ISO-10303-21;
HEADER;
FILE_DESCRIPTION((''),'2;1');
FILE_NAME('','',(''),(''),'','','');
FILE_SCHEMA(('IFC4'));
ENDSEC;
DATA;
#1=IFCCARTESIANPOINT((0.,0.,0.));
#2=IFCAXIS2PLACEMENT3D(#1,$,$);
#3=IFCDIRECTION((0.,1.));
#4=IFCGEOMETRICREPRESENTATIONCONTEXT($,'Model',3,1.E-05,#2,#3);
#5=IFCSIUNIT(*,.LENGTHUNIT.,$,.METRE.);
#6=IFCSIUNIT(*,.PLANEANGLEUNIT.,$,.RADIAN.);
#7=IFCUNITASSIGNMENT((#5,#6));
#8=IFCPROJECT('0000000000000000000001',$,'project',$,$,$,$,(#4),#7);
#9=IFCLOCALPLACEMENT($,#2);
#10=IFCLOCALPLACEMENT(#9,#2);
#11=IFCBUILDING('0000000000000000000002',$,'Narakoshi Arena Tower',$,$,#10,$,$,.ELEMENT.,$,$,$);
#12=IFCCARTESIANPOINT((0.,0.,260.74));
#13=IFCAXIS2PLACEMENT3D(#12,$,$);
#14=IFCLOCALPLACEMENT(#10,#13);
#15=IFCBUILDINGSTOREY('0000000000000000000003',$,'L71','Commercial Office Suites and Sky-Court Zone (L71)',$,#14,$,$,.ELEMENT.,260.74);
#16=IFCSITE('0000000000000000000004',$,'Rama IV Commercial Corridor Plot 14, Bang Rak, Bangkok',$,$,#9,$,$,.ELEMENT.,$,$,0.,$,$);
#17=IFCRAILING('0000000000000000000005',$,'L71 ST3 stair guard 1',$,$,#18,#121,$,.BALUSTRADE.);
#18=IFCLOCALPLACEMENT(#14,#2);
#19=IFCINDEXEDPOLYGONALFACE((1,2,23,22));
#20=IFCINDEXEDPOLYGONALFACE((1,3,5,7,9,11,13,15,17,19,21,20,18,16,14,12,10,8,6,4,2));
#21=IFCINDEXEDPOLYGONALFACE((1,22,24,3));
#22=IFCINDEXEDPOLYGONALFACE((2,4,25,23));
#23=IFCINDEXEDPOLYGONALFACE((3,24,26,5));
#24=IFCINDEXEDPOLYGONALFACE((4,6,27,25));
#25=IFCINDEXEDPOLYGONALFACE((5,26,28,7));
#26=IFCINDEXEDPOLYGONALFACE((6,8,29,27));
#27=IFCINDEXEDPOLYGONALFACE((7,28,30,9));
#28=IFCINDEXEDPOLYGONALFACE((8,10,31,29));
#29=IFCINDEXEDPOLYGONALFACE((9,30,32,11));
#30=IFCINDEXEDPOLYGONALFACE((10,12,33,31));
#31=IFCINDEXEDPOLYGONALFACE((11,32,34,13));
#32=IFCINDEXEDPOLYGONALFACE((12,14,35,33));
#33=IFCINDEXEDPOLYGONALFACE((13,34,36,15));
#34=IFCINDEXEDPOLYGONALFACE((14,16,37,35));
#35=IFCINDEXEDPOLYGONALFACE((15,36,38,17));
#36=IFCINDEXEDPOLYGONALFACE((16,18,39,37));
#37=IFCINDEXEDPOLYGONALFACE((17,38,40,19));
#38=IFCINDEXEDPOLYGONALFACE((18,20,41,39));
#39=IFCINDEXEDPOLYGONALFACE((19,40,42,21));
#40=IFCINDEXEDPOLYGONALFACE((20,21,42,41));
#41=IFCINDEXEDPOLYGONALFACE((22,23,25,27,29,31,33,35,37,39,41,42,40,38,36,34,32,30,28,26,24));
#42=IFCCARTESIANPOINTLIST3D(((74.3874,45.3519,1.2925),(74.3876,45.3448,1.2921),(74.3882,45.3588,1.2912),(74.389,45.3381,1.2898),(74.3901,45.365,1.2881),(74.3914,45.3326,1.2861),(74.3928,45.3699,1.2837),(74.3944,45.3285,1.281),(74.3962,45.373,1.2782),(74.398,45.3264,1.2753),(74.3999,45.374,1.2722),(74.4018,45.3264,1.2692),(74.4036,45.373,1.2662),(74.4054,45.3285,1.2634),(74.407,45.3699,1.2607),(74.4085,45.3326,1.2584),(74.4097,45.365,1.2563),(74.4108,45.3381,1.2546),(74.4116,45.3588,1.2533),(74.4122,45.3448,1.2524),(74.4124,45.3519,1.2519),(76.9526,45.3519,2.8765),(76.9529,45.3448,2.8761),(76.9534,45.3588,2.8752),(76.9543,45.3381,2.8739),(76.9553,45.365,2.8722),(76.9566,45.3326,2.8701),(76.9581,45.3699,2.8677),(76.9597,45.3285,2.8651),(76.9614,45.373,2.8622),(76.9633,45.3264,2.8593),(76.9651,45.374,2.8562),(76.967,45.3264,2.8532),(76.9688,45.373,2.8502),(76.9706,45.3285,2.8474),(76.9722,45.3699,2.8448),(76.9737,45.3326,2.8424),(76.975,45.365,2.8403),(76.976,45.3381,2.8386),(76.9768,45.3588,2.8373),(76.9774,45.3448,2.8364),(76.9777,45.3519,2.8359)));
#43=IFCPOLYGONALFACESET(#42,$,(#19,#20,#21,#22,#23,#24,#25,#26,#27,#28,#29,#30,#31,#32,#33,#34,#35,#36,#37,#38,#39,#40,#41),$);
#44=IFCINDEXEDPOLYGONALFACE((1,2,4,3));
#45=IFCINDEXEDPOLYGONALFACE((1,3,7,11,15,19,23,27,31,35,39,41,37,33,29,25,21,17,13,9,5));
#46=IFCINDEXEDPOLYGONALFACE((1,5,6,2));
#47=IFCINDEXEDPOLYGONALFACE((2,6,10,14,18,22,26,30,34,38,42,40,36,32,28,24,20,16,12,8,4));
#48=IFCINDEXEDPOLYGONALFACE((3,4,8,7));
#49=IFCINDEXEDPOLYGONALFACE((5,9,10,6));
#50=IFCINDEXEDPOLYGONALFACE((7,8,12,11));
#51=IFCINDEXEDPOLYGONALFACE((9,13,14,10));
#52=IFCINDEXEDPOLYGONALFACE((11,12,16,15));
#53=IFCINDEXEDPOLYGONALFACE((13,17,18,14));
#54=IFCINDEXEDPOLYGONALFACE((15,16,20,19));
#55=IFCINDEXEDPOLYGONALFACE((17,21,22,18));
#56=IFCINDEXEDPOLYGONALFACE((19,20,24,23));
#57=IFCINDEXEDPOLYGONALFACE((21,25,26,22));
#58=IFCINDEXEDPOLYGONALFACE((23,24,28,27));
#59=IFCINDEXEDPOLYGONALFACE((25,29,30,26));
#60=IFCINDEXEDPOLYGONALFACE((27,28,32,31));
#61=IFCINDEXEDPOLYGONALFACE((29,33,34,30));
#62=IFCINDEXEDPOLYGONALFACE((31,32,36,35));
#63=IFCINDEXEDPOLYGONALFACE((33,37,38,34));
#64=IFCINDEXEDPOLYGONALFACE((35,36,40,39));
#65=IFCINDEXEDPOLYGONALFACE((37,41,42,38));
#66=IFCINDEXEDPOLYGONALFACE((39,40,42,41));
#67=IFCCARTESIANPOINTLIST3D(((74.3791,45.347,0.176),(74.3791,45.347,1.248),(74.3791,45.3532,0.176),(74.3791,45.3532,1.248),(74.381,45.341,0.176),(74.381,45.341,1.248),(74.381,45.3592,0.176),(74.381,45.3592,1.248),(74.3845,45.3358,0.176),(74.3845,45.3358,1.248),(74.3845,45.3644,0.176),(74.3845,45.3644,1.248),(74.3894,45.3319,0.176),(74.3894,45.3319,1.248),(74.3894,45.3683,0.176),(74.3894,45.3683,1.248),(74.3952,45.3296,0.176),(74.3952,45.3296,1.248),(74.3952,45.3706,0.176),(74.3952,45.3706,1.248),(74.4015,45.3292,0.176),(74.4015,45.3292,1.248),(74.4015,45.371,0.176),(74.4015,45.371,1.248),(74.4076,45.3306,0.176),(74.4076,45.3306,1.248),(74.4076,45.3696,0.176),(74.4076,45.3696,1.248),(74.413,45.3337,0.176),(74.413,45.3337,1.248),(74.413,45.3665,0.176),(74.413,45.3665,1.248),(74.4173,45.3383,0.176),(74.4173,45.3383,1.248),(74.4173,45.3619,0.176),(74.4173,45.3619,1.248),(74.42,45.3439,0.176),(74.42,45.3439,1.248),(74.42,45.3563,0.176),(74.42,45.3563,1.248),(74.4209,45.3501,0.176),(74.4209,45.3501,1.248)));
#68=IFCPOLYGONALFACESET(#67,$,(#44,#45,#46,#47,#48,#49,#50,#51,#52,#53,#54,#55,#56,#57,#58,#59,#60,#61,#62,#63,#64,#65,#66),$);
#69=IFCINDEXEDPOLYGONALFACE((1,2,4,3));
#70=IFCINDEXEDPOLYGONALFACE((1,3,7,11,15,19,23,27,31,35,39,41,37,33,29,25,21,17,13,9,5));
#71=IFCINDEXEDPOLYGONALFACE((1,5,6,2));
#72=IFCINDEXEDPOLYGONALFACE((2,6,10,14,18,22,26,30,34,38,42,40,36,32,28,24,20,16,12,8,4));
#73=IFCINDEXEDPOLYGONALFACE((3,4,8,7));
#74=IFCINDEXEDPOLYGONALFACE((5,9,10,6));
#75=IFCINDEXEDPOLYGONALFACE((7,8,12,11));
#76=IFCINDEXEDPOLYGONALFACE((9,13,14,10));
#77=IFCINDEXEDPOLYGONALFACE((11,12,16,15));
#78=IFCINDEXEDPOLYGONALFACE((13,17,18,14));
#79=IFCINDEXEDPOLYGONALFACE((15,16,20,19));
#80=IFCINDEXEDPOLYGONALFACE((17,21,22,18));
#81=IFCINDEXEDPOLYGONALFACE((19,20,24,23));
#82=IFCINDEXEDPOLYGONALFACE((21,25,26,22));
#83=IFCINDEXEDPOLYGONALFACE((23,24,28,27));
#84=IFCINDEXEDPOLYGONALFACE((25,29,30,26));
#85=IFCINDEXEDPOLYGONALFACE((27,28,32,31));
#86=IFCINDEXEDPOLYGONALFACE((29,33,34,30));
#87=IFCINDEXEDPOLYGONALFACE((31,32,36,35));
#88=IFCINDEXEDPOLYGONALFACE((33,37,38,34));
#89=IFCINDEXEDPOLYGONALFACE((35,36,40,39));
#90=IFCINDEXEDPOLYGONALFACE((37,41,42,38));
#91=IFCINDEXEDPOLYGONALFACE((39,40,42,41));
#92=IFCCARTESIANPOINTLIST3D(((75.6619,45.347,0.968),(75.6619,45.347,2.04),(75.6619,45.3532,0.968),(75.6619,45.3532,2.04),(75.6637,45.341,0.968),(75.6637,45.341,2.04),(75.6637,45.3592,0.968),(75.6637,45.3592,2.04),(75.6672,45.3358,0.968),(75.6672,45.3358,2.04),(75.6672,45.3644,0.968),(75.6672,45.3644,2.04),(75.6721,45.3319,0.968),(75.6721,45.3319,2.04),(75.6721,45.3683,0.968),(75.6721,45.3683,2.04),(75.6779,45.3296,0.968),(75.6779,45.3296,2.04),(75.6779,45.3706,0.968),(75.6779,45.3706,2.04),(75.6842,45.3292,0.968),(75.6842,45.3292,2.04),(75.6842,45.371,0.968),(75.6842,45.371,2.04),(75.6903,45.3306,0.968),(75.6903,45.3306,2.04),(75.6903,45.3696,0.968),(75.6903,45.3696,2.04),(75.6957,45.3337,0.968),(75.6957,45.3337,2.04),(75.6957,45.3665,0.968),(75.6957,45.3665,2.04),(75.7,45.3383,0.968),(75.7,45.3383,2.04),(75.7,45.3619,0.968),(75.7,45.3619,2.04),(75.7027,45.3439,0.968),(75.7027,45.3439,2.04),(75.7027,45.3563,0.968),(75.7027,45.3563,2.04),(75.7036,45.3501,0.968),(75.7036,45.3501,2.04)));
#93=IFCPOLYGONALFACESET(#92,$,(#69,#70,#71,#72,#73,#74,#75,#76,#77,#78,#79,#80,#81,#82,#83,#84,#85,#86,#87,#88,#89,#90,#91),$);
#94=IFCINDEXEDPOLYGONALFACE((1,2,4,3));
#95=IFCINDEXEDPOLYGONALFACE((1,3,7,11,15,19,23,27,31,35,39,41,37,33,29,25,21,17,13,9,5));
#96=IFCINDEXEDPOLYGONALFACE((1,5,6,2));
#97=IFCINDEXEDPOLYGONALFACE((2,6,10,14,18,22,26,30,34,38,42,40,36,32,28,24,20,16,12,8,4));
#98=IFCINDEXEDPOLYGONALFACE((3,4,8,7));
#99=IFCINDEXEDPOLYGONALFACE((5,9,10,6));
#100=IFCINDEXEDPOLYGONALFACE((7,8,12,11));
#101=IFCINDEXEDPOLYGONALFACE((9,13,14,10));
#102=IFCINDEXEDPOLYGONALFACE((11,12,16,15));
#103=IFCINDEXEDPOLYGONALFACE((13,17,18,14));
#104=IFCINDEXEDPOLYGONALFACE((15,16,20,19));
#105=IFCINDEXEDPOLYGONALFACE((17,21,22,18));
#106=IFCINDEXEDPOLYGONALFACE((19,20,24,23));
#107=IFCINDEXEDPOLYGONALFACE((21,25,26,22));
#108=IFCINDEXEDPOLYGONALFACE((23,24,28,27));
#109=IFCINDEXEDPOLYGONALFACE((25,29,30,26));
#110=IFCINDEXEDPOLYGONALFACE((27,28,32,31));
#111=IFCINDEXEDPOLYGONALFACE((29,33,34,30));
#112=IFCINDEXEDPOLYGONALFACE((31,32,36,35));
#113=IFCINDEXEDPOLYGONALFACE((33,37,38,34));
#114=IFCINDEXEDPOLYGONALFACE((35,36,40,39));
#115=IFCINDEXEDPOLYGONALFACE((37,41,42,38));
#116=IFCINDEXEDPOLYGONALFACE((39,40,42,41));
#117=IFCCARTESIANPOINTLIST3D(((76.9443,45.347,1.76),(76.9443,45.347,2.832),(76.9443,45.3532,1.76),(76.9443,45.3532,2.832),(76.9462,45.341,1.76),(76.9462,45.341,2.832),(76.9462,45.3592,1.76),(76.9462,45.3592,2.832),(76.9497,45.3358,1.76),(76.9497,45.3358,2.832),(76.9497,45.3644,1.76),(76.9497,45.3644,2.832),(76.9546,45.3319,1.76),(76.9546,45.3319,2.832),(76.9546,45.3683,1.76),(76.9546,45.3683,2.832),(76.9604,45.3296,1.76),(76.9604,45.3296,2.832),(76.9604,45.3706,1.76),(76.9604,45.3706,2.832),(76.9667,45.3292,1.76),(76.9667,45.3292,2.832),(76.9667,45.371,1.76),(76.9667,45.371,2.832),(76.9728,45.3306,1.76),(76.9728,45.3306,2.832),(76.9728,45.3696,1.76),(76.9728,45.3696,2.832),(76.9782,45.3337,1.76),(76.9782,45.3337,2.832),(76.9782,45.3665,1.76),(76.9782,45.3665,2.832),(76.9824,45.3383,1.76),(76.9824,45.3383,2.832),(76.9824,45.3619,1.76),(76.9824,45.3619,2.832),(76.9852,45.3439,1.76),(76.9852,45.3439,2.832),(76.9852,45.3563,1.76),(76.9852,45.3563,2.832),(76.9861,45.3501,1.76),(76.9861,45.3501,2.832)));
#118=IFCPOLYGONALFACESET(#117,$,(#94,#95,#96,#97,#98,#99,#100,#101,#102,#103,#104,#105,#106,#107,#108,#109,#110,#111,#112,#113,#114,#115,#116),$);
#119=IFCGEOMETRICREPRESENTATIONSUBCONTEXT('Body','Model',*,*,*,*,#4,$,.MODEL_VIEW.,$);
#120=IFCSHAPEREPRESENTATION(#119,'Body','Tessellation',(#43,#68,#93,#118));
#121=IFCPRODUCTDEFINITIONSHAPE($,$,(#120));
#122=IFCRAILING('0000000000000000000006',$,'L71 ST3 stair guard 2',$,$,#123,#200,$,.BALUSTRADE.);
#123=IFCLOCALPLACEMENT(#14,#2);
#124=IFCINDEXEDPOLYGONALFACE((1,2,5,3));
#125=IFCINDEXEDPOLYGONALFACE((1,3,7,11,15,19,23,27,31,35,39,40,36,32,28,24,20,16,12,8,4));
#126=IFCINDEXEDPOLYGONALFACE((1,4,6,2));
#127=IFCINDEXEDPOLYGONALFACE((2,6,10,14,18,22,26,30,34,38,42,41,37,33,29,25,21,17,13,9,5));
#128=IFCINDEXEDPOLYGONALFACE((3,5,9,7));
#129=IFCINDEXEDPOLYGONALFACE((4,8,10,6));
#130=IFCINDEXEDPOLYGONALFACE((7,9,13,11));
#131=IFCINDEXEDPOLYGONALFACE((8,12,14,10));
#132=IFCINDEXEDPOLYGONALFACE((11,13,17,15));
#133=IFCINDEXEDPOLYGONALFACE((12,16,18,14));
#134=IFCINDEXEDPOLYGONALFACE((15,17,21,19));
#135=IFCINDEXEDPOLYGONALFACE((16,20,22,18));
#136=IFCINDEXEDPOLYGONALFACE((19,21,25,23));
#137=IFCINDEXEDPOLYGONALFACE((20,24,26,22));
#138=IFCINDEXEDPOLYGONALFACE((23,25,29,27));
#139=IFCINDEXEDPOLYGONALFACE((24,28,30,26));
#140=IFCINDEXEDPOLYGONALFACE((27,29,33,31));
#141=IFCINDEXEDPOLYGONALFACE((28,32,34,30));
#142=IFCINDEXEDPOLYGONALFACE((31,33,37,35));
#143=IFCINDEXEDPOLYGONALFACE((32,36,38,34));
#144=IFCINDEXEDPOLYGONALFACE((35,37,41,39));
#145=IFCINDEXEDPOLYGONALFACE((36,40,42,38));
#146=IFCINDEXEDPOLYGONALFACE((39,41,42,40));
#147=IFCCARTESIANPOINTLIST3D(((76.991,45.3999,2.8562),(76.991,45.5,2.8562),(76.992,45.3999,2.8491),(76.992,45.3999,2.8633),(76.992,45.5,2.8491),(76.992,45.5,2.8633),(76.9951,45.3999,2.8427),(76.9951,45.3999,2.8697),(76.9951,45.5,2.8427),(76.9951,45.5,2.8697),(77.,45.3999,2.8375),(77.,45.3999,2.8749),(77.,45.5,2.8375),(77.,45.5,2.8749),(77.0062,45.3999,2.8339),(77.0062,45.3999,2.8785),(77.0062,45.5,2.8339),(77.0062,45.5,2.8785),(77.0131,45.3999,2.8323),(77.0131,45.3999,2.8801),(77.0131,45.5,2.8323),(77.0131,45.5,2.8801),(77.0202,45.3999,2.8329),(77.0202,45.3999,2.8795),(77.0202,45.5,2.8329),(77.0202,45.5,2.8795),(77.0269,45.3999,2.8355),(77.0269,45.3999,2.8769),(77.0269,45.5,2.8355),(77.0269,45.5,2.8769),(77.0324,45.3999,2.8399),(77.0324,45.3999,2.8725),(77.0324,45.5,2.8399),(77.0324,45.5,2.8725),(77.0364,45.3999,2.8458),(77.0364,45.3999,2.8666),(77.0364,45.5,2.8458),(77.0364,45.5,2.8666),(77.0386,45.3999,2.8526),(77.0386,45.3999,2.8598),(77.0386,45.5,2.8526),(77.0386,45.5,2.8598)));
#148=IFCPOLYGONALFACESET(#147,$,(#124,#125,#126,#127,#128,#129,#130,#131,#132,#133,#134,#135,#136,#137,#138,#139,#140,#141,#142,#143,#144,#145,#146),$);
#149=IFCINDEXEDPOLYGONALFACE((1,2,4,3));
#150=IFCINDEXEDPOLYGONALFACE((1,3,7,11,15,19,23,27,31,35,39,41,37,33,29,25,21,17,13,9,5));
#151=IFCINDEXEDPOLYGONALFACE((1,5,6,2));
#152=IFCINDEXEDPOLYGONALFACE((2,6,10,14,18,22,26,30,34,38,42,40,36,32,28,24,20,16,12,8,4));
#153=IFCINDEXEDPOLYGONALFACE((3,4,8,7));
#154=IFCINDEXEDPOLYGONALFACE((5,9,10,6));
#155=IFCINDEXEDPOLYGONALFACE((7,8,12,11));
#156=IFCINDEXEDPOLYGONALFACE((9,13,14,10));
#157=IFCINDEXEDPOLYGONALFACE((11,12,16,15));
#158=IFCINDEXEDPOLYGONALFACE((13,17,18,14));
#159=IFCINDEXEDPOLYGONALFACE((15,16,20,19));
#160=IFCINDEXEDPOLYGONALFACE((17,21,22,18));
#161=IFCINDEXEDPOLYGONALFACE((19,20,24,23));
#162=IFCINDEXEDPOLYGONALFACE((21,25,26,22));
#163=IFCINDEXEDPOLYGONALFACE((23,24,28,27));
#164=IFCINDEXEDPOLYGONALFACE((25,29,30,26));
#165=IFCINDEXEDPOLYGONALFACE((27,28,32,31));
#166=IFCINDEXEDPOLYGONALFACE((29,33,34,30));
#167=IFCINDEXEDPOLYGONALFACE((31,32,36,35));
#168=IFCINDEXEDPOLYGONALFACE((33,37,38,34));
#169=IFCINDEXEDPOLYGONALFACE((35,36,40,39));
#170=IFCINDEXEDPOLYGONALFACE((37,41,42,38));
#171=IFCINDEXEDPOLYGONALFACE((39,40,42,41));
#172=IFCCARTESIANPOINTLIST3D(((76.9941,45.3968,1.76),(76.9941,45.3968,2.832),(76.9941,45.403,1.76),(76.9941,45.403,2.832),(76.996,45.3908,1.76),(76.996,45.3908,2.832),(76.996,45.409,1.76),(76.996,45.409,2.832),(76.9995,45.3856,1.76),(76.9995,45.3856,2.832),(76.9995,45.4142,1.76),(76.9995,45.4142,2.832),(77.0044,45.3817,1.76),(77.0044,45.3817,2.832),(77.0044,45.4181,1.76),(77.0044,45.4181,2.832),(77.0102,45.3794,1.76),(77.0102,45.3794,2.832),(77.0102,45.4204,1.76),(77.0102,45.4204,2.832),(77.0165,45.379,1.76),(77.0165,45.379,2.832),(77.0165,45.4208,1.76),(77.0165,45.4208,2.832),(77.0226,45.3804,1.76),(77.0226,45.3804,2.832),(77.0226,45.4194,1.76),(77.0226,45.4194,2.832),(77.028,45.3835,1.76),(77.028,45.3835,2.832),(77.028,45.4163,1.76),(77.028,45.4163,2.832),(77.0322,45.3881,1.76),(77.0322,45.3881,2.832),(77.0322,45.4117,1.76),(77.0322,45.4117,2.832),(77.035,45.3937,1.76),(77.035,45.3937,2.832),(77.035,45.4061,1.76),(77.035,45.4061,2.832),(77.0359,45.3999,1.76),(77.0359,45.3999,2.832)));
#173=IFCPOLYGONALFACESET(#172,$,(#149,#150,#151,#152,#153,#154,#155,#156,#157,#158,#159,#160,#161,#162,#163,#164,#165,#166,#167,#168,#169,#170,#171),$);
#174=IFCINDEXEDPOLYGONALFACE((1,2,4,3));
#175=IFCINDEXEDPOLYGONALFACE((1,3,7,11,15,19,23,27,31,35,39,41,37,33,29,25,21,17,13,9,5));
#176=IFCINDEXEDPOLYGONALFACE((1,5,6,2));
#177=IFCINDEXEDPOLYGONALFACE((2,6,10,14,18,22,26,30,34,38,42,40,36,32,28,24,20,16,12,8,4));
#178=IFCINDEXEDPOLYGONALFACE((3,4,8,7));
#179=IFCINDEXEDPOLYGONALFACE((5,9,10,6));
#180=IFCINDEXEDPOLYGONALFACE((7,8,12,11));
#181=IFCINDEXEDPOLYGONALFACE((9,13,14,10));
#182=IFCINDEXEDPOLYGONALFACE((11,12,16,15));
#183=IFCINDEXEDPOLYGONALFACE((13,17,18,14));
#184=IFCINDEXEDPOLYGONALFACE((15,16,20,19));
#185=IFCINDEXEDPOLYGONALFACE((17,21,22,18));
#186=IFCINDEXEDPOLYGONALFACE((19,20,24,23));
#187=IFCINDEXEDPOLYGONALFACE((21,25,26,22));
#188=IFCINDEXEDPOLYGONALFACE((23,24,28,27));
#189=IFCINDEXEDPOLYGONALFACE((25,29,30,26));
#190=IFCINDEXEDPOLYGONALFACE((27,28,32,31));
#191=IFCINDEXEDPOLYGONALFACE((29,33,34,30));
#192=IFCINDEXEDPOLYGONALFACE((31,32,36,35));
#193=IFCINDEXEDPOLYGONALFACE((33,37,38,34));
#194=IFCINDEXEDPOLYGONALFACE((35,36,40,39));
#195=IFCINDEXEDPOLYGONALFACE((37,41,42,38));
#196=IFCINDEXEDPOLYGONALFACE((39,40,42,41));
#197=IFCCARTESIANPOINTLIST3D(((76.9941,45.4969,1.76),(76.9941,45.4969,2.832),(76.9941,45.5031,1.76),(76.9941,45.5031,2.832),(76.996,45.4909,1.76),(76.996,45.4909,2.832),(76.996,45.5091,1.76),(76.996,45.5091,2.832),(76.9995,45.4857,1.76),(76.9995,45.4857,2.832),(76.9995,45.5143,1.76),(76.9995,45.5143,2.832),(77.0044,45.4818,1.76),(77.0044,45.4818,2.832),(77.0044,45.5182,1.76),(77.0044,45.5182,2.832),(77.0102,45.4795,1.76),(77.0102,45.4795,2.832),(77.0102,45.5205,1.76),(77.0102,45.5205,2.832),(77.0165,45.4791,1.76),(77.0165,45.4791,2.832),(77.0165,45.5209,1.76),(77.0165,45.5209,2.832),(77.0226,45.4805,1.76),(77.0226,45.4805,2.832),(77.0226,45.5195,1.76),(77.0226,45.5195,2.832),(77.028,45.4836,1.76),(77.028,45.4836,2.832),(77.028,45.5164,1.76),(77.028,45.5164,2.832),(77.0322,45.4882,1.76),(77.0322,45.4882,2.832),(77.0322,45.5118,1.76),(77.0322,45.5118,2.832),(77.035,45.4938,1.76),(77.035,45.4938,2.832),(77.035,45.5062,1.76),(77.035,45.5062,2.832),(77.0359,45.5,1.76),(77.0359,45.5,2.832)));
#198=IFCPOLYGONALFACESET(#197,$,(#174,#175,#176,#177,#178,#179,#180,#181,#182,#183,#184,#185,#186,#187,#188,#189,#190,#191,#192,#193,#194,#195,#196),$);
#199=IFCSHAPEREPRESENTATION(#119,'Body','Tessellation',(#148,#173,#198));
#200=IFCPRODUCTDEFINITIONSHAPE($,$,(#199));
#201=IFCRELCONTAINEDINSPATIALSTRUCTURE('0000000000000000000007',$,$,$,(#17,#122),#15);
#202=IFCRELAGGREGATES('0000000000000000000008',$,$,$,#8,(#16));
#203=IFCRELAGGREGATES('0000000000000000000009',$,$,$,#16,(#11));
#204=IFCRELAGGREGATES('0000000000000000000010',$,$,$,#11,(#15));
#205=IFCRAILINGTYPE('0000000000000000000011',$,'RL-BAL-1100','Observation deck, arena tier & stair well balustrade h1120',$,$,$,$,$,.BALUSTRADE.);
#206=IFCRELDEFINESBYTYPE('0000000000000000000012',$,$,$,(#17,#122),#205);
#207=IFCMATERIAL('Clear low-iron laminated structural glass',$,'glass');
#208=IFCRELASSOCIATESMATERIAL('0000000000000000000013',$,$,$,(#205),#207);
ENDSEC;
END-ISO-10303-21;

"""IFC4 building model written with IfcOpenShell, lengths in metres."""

from ifc_helpers import new_model, si_unit, direction, frame, origin, origin_2d, place, context, subcontext, project, spatial, circle, extrude, material, type_object, element, save


model = new_model("IFC4")

# Units and contexts
model_context = context("Model", 3, precision=1e-05, world=origin(), true_north=direction((0.0, 1.0)))
body_context = subcontext(model_context, "Body", "Model", "MODEL_VIEW")
ifc_project = project(units=[si_unit("LENGTHUNIT", "METRE"), si_unit("PLANEANGLEUNIT", "RADIAN")], contexts=[model_context])

# Site, building, storey
site_placement = place(None, origin())
site = spatial("IfcSite", under=ifc_project, at=site_placement, Name="Rama IV Commercial Corridor Plot 14, Bang Rak, Bangkok", CompositionType="ELEMENT", RefElevation=0.0)
building_placement = place(site_placement, origin())
building = spatial("IfcBuilding", under=site, at=building_placement, Name="Narakoshi Arena Tower", CompositionType="ELEMENT")
storey_placement = place(building_placement, frame((0.0, 0.0, 260.74)))
storey = spatial("IfcBuildingStorey", under=building, at=storey_placement, Name="L71", Description="Commercial Office Suites and Sky-Court Zone (L71)", CompositionType="ELEMENT", Elevation=260.74)

# Railings
ifc_material_1 = material(Name="Clear low-iron laminated structural glass", Category="glass")
railing_type_1 = type_object("IfcRailingType", Name="RL-BAL-1100", Description="Observation deck, arena tier & stair well balustrade h1120", PredefinedType="BALUSTRADE", material=ifc_material_1)
railing_1_placement = place(storey_placement, frame((74.3999, 45.3501, 0.176)))
element("IfcRailing", 1, at=railing_1_placement, inside=storey, type_object=railing_type_1, Name="L71 ST3 stair guard 1", PredefinedType="BALUSTRADE", context=body_context, shape_type="SweptSolid", body=[
    extrude(circle(Radius=0.0239, at=origin_2d()), frame((0.0, 0.0, 1.0962), z_axis=(0.850857, 0.0, 0.525398), x_axis=(0.0, 1.0, 0.0)), (0.0, 0.0, 1.0), 3.0149),
    extrude(circle(Radius=0.021, at=origin_2d()), origin(), (0.0, 0.0, 1.0), 1.072),
    extrude(circle(Radius=0.021, at=origin_2d()), frame((1.2827, 0.0, 0.792)), (0.0, 0.0, 1.0), 1.072),
    extrude(circle(Radius=0.021, at=origin_2d()), frame((2.5652, 0.0, 1.584)), (0.0, 0.0, 1.0), 1.072),
])
railing_2_placement = place(storey_placement, frame((77.0149, 45.3999, 1.76)))
element("IfcRailing", 2, at=railing_2_placement, inside=storey, type_object=railing_type_1, Name="L71 ST3 stair guard 2", PredefinedType="BALUSTRADE", context=body_context, shape_type="SweptSolid", body=[
    extrude(circle(Radius=0.0239, at=origin_2d()), frame((0.0, 0.0, 1.0962), z_axis=(0.0, 1.0, 0.0), x_axis=(-1.0, 0.0, 0.0)), (0.0, 0.0, 1.0), 0.1001),
    extrude(circle(Radius=0.021, at=origin_2d()), origin(), (0.0, 0.0, 1.0), 1.072),
    extrude(circle(Radius=0.021, at=origin_2d()), frame((0.0, 0.1001, 0.0)), (0.0, 0.0, 1.0), 1.072),
])

save(model, "model.ifc")
